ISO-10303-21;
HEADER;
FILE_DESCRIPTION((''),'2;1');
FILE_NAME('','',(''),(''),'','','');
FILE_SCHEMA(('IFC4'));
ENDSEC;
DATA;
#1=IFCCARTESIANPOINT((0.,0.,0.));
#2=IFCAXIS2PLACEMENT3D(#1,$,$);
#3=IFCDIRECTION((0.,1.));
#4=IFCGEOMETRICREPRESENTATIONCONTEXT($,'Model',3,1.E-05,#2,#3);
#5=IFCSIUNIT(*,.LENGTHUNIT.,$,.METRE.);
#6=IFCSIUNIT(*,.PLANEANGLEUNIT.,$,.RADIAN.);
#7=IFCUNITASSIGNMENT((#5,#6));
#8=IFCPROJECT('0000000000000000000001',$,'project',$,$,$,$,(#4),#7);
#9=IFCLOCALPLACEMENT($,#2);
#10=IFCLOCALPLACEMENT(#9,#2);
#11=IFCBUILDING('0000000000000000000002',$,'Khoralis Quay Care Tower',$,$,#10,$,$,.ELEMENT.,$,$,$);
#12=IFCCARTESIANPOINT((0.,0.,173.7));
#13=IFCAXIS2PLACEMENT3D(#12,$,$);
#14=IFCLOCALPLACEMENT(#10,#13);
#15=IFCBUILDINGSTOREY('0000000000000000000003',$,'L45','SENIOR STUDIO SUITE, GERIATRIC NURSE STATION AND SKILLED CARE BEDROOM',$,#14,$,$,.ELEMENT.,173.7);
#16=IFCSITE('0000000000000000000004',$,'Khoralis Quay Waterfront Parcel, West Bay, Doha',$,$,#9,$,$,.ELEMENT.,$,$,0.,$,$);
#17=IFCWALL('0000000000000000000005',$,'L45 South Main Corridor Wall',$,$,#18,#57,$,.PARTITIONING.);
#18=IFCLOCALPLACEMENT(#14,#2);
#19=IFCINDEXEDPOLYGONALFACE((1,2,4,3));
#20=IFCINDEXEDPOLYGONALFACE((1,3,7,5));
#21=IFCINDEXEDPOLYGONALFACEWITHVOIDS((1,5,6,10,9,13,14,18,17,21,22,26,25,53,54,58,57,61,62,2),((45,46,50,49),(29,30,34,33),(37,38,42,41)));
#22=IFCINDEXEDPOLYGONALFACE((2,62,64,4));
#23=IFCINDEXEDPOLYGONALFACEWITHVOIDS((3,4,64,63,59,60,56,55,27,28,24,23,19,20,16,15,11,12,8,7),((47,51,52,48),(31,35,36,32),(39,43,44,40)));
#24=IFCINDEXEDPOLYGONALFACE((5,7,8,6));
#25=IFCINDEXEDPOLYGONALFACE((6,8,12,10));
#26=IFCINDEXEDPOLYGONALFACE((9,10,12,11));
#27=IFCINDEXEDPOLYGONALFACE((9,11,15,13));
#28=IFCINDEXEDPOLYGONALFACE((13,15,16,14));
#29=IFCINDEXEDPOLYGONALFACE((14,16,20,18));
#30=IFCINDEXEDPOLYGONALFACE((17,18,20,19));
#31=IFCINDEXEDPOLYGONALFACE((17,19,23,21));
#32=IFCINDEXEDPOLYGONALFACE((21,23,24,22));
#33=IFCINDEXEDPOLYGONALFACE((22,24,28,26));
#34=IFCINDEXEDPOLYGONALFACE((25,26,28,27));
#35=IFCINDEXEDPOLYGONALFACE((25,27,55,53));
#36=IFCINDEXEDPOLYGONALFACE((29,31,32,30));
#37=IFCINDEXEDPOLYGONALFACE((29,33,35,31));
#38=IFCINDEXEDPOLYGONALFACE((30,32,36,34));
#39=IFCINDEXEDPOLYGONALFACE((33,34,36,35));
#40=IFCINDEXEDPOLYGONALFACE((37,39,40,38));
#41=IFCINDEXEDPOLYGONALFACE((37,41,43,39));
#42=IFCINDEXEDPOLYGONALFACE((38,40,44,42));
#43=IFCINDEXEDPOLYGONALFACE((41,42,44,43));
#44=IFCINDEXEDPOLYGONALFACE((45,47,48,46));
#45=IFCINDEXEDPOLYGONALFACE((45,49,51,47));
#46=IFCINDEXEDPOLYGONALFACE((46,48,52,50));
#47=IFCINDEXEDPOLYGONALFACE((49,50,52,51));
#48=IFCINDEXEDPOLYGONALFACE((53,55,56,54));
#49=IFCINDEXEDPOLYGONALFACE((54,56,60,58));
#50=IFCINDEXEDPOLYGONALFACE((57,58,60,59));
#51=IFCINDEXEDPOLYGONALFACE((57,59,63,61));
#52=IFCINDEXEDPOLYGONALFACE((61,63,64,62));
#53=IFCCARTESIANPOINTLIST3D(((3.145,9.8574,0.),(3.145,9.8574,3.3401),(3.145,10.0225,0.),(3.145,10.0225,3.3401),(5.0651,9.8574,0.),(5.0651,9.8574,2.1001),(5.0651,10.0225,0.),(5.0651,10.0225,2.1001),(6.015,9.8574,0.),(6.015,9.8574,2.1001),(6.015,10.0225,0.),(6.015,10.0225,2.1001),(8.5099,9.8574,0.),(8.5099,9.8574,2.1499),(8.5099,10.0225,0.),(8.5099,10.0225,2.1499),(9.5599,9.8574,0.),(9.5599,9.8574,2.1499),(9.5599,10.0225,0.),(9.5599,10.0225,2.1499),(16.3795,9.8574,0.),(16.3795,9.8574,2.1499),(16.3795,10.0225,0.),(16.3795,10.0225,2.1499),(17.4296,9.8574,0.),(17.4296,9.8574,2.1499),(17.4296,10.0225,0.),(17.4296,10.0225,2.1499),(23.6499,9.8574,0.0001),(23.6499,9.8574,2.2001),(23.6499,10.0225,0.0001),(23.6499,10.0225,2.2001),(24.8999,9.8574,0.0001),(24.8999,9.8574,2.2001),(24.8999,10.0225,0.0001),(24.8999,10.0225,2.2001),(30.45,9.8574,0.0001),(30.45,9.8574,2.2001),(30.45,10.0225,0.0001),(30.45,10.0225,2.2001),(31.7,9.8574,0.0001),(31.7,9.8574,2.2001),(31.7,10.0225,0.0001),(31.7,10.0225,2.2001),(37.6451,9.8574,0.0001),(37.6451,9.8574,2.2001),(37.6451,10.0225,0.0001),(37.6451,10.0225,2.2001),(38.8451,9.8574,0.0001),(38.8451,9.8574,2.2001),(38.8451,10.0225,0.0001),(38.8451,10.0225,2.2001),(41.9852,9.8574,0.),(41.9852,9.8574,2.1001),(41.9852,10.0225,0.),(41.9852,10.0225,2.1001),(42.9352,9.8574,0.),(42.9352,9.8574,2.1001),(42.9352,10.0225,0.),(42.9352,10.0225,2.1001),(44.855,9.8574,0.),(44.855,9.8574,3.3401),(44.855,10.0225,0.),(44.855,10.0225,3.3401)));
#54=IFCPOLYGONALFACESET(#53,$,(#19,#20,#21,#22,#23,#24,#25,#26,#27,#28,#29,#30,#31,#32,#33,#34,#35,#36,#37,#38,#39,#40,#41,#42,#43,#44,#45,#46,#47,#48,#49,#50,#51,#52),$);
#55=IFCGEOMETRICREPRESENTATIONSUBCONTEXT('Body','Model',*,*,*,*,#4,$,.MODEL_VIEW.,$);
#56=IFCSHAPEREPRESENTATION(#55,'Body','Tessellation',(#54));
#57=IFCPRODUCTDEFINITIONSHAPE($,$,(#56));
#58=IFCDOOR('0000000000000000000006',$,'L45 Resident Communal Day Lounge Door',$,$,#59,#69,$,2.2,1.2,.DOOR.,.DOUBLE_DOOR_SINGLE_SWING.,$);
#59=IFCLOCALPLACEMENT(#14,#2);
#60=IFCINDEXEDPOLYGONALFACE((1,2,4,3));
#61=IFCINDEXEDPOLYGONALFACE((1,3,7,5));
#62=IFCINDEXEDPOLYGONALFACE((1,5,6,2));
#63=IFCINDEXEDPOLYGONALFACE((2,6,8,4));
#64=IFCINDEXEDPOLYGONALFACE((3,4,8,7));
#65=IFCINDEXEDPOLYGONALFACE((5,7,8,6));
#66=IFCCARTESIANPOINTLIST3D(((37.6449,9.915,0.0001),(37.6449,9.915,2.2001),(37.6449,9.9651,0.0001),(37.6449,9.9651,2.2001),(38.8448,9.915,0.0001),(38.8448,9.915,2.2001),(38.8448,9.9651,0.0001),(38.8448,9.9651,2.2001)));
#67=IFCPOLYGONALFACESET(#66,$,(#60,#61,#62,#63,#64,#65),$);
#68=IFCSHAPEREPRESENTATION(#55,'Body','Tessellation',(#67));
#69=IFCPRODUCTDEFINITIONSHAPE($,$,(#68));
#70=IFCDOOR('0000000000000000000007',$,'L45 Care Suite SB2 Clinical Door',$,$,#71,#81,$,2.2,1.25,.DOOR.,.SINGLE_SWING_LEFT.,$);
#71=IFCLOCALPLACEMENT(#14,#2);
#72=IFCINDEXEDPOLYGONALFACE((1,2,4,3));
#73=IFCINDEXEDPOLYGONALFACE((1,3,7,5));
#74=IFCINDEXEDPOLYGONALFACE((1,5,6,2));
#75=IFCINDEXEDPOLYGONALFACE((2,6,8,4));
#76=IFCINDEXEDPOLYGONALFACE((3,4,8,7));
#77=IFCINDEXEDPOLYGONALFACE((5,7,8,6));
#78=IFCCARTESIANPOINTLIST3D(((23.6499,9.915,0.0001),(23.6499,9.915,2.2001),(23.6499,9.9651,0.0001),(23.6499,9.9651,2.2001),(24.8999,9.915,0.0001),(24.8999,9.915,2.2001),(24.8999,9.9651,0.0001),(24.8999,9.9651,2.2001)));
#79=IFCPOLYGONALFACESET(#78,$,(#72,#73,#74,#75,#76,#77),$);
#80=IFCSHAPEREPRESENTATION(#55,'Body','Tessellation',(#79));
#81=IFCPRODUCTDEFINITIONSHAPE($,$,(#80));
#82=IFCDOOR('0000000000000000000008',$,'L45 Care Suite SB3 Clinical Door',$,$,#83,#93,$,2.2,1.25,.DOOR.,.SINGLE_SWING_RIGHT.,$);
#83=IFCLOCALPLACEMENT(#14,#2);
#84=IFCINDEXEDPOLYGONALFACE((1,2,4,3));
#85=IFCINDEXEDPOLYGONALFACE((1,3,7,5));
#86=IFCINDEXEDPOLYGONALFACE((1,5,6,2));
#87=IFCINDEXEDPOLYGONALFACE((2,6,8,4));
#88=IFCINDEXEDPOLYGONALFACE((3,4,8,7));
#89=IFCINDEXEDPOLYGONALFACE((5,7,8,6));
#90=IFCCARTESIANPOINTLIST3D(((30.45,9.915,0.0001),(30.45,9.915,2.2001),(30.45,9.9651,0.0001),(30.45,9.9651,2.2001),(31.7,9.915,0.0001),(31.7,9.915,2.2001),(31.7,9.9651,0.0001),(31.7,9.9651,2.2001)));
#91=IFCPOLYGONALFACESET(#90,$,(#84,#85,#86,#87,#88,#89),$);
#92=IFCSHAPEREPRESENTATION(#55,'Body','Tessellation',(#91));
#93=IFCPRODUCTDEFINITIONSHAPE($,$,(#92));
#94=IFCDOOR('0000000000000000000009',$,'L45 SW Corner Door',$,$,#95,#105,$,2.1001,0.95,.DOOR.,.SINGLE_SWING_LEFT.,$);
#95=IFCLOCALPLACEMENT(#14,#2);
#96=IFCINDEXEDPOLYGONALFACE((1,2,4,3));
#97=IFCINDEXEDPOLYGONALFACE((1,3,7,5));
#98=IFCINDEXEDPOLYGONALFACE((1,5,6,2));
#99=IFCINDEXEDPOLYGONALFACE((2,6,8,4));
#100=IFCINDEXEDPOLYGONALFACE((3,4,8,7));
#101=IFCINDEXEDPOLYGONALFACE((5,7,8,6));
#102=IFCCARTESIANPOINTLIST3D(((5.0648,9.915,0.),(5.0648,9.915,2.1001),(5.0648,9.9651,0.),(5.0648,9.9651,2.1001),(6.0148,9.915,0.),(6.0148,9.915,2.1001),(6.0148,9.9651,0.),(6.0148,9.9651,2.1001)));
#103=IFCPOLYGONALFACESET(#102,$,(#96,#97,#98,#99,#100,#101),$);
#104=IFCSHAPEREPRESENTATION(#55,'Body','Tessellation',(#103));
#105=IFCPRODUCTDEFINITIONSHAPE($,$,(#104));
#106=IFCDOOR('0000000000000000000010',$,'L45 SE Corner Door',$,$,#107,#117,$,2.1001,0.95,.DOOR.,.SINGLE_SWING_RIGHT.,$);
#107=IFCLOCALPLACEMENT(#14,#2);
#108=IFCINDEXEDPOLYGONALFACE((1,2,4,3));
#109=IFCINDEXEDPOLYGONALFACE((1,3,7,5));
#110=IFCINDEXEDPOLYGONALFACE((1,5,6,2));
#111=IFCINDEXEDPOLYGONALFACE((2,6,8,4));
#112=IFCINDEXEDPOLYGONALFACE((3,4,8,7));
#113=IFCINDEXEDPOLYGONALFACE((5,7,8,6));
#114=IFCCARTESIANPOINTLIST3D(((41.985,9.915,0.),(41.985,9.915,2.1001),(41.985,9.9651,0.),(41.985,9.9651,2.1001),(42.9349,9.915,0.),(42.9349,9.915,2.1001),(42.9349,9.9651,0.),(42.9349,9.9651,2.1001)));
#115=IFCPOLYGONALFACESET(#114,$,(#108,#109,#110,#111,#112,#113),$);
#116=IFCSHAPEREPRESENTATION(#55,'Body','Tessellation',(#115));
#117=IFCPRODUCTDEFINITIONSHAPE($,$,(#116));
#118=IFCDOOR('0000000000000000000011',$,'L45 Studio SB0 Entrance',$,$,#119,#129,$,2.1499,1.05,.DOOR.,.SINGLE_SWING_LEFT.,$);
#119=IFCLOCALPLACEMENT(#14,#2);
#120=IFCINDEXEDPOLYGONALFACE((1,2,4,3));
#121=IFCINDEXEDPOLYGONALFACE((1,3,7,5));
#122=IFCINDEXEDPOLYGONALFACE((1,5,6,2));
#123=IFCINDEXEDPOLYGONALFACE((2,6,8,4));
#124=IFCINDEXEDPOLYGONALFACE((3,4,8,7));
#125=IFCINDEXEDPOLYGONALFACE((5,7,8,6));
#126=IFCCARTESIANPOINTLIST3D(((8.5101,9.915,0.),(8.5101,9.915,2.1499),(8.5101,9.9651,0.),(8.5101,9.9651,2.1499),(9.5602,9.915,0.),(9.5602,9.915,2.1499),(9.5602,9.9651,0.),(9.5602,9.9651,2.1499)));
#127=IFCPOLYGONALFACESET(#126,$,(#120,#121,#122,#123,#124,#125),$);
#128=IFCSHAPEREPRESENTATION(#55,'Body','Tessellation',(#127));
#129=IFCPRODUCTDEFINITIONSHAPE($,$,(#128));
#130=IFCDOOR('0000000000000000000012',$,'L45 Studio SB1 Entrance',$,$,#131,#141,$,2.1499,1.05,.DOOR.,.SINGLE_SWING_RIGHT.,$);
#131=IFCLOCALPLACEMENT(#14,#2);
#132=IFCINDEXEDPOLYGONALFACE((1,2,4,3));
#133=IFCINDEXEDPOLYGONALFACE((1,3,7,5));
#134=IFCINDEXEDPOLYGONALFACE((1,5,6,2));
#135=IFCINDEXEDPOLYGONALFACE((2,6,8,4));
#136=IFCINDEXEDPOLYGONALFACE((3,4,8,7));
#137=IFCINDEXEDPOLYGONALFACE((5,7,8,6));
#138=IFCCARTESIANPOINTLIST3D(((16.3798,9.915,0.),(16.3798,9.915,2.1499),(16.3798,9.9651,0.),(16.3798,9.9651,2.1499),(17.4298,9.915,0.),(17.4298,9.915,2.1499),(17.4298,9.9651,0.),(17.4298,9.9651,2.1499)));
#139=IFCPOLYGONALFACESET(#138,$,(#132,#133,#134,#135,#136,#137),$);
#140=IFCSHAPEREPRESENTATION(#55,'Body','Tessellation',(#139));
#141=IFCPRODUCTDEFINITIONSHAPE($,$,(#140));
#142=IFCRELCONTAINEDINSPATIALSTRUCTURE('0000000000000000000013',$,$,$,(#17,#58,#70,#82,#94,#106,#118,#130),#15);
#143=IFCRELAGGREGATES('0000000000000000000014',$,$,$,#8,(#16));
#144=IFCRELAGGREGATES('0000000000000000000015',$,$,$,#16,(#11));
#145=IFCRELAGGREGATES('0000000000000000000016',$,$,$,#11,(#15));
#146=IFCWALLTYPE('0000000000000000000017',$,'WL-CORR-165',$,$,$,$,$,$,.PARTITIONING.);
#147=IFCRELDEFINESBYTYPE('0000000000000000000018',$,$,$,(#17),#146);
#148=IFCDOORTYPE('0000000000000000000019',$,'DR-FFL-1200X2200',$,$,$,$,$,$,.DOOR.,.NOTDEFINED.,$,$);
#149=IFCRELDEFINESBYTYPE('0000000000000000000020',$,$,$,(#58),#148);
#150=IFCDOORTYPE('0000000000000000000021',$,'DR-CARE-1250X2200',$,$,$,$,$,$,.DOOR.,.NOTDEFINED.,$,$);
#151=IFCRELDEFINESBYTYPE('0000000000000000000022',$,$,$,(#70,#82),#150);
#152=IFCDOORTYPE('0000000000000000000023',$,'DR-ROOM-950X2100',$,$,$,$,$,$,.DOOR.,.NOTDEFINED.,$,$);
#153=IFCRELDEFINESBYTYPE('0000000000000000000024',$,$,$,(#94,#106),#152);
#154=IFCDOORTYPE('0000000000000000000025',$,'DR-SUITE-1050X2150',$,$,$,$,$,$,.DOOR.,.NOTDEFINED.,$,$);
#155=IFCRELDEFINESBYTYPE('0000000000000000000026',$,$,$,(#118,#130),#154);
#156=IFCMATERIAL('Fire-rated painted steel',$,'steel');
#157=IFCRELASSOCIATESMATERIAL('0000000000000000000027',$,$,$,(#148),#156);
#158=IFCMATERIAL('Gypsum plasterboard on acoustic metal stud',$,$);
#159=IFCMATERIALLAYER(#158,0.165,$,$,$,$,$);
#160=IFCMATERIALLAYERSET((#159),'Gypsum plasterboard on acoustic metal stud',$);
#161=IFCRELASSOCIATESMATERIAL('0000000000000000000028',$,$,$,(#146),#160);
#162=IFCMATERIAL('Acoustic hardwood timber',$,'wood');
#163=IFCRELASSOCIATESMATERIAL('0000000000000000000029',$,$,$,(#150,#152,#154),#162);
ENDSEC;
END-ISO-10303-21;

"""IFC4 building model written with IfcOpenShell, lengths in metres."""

from ifc_helpers import new_model, si_unit, direction, frame, frame_2d, origin, place, context, subcontext, project, spatial, rectangle, extrude, source, transform, mapped, material, layer, layer_set, type_object, element, fill, save


model = new_model("IFC4")

# Units and contexts
model_context = context("Model", 3, precision=1e-05, world=origin(), true_north=direction((0.0, 1.0)))
body_context = subcontext(model_context, "Body", "Model", "MODEL_VIEW")
ifc_project = project(units=[si_unit("LENGTHUNIT", "METRE"), si_unit("PLANEANGLEUNIT", "RADIAN")], contexts=[model_context])

# Site, building, storey
site_placement = place(None, origin())
site = spatial("IfcSite", under=ifc_project, at=site_placement, Name="Khoralis Quay Waterfront Parcel, West Bay, Doha", CompositionType="ELEMENT", RefElevation=0.0)
building_placement = place(site_placement, origin())
building = spatial("IfcBuilding", under=site, at=building_placement, Name="Khoralis Quay Care Tower", CompositionType="ELEMENT")
storey_placement = place(building_placement, frame((0.0, 0.0, 173.7)))
storey = spatial("IfcBuildingStorey", under=building, at=storey_placement, Name="L45", Description="SENIOR STUDIO SUITE, GERIATRIC NURSE STATION AND SKILLED CARE BEDROOM", CompositionType="ELEMENT", Elevation=173.7)

# Shared definitions
ifc_material_1 = material(Name="Gypsum plasterboard on acoustic metal stud")
ifc_material_2 = material(Name="Fire-rated painted steel", Category="steel")
door_type_1 = type_object("IfcDoorType", Name="DR-FFL-1200X2200", OperationType="NOTDEFINED", PredefinedType="DOOR", material=ifc_material_2)
shared_shape_1 = source(origin(), body_context, "Body", "SweptSolid", [
    extrude(rectangle(XDim=1.2, YDim=2.2, at=frame_2d((0.6001, 1.1001))), frame((0.0, 0.0249, 0.0), z_axis=(0.0, -1.0, 0.0), x_axis=(1.0, 0.0, 0.0)), (0.0, 0.0, 1.0), 0.05),
])

# Wall, openings, doors
ifc_layer_1 = layer(ifc_material_1, 0.165)
ifc_layer_set_1 = layer_set([ifc_layer_1], Name="Gypsum plasterboard on acoustic metal stud")
wall_type_1 = type_object("IfcWallType", Name="WL-CORR-165", PredefinedType="PARTITIONING", material=ifc_layer_set_1)
wall_1_placement = place(storey_placement, frame((3.145, 9.9399, 0.0), z_axis=(0.0, 0.0, 1.0), x_axis=(1.0, 0.0, 0.0)))
wall_1 = element("IfcWall", 1, at=wall_1_placement, inside=storey, type_object=wall_type_1, Name="L45 South Main Corridor Wall", PredefinedType="PARTITIONING", context=body_context, shape_type="SweptSolid", body=[
    extrude(rectangle(XDim=41.71, YDim=0.165, at=frame_2d((20.855, 0.0))), origin(), (0.0, 0.0, 1.0), 3.3401),
])
opening_1_placement = place(wall_1_placement, frame((5.365, 0.0, 0.0)))
opening_1 = element("IfcOpeningElement", 2, at=opening_1_placement, cuts=wall_1, PredefinedType="OPENING", context=body_context, shape_type="SweptSolid", body=[
    extrude(rectangle(XDim=1.05, YDim=2.1499, at=frame_2d((0.5249, 1.075))), frame((0.0, 0.0925, 0.0), z_axis=(0.0, -1.0, 0.0), x_axis=(1.0, 0.0, 0.0)), (0.0, 0.0, 1.0), 0.1851),
])
opening_2_placement = place(wall_1_placement, frame((13.2346, 0.0, 0.0)))
opening_2 = element("IfcOpeningElement", 3, at=opening_2_placement, cuts=wall_1, PredefinedType="OPENING", context=body_context, shape_type="SweptSolid", body=[
    extrude(rectangle(XDim=1.05, YDim=2.1499, at=frame_2d((0.5249, 1.075))), frame((0.0, 0.0925, 0.0), z_axis=(0.0, -1.0, 0.0), x_axis=(1.0, 0.0, 0.0)), (0.0, 0.0, 1.0), 0.1851),
])
opening_3_placement = place(wall_1_placement, frame((20.5049, 0.0, 0.0)))
opening_3 = element("IfcOpeningElement", 4, at=opening_3_placement, cuts=wall_1, PredefinedType="OPENING", context=body_context, shape_type="SweptSolid", body=[
    extrude(rectangle(XDim=1.25, YDim=2.2, at=frame_2d((0.625, 1.1001))), frame((0.0, 0.0925, 0.0), z_axis=(0.0, -1.0, 0.0), x_axis=(1.0, 0.0, 0.0)), (0.0, 0.0, 1.0), 0.1851),
])
opening_4_placement = place(wall_1_placement, frame((27.3049, 0.0, 0.0)))
opening_4 = element("IfcOpeningElement", 5, at=opening_4_placement, cuts=wall_1, PredefinedType="OPENING", context=body_context, shape_type="SweptSolid", body=[
    extrude(rectangle(XDim=1.25, YDim=2.2, at=frame_2d((0.625, 1.1001))), frame((0.0, 0.0925, 0.0), z_axis=(0.0, -1.0, 0.0), x_axis=(1.0, 0.0, 0.0)), (0.0, 0.0, 1.0), 0.1851),
])
opening_5_placement = place(wall_1_placement, frame((34.5, 0.0, 0.0)))
opening_5 = element("IfcOpeningElement", 6, at=opening_5_placement, cuts=wall_1, PredefinedType="OPENING", context=body_context, shape_type="SweptSolid", body=[
    extrude(rectangle(XDim=1.2, YDim=2.2, at=frame_2d((0.6001, 1.1001))), frame((0.0, 0.0925, 0.0), z_axis=(0.0, -1.0, 0.0), x_axis=(1.0, 0.0, 0.0)), (0.0, 0.0, 1.0), 0.1851),
])
opening_6_placement = place(wall_1_placement, frame((1.9199, 0.0, 0.0)))
opening_6 = element("IfcOpeningElement", 7, at=opening_6_placement, cuts=wall_1, PredefinedType="OPENING", context=body_context, shape_type="SweptSolid", body=[
    extrude(rectangle(XDim=0.95, YDim=2.1001, at=frame_2d((0.4751, 1.05))), frame((0.0, 0.0925, 0.0), z_axis=(0.0, -1.0, 0.0), x_axis=(1.0, 0.0, 0.0)), (0.0, 0.0, 1.0), 0.1851),
])
opening_7_placement = place(wall_1_placement, frame((38.8401, 0.0, 0.0)))
opening_7 = element("IfcOpeningElement", 8, at=opening_7_placement, cuts=wall_1, PredefinedType="OPENING", context=body_context, shape_type="SweptSolid", body=[
    extrude(rectangle(XDim=0.95, YDim=2.1001, at=frame_2d((0.4751, 1.05))), frame((0.0, 0.0925, 0.0), z_axis=(0.0, -1.0, 0.0), x_axis=(1.0, 0.0, 0.0)), (0.0, 0.0, 1.0), 0.1851),
])
door_1_placement = place(opening_5_placement, frame((1.2, 0.0, 0.0), z_axis=(0.0, 0.0, 1.0), x_axis=(-1.0, 0.0, 0.0)))
door_1 = element("IfcDoor", 9, at=door_1_placement, inside=storey, type_object=door_type_1, Name="L45 Resident Communal Day Lounge Door", OperationType="DOUBLE_DOOR_SINGLE_SWING", OverallHeight=2.2, OverallWidth=1.2, PredefinedType="DOOR", context=body_context, shape_type="MappedRepresentation", body=[
    mapped(shared_shape_1, transform((0.0, 0.0, 0.0), scale=1.0)),
])
fill(opening_5, door_1)
ifc_material_3 = material(Name="Acoustic hardwood timber", Category="wood")
door_type_2 = type_object("IfcDoorType", Name="DR-CARE-1250X2200", OperationType="NOTDEFINED", PredefinedType="DOOR", material=ifc_material_3)
shared_shape_2 = source(origin(), body_context, "Body", "SweptSolid", [
    extrude(rectangle(XDim=1.25, YDim=2.2, at=frame_2d((0.625, 1.1001))), frame((0.0, 0.0249, 0.0), z_axis=(0.0, -1.0, 0.0), x_axis=(1.0, 0.0, 0.0)), (0.0, 0.0, 1.0), 0.05),
])
door_2_placement = place(opening_3_placement, frame((1.25, 0.0, 0.0), z_axis=(0.0, 0.0, 1.0), x_axis=(-1.0, 0.0, 0.0)))
door_2 = element("IfcDoor", 10, at=door_2_placement, inside=storey, type_object=door_type_2, Name="L45 Care Suite SB2 Clinical Door", OperationType="SINGLE_SWING_LEFT", OverallHeight=2.2, OverallWidth=1.25, PredefinedType="DOOR", context=body_context, shape_type="MappedRepresentation", body=[
    mapped(shared_shape_2, transform((0.0, 0.0, 0.0), scale=1.0)),
])
fill(opening_3, door_2)
door_3_placement = place(opening_4_placement, frame((1.25, 0.0, 0.0), z_axis=(0.0, 0.0, 1.0), x_axis=(-1.0, 0.0, 0.0)))
door_3 = element("IfcDoor", 11, at=door_3_placement, inside=storey, type_object=door_type_2, Name="L45 Care Suite SB3 Clinical Door", OperationType="SINGLE_SWING_RIGHT", OverallHeight=2.2, OverallWidth=1.25, PredefinedType="DOOR", context=body_context, shape_type="MappedRepresentation", body=[
    mapped(shared_shape_2, transform((0.0, 0.0, 0.0), scale=1.0)),
])
fill(opening_4, door_3)
door_type_3 = type_object("IfcDoorType", Name="DR-ROOM-950X2100", OperationType="NOTDEFINED", PredefinedType="DOOR", material=ifc_material_3)
shared_shape_3 = source(origin(), body_context, "Body", "SweptSolid", [
    extrude(rectangle(XDim=0.95, YDim=2.1001, at=frame_2d((0.4751, 1.05))), frame((0.0, 0.0249, 0.0), z_axis=(0.0, -1.0, 0.0), x_axis=(1.0, 0.0, 0.0)), (0.0, 0.0, 1.0), 0.05),
])
door_4_placement = place(opening_6_placement, frame((0.95, 0.0, 0.0), z_axis=(0.0, 0.0, 1.0), x_axis=(-1.0, 0.0, 0.0)))
door_4 = element("IfcDoor", 12, at=door_4_placement, inside=storey, type_object=door_type_3, Name="L45 SW Corner Door", OperationType="SINGLE_SWING_LEFT", OverallHeight=2.1001, OverallWidth=0.95, PredefinedType="DOOR", context=body_context, shape_type="MappedRepresentation", body=[
    mapped(shared_shape_3, transform((0.0, 0.0, 0.0), scale=1.0)),
])
fill(opening_6, door_4)
door_5_placement = place(opening_7_placement, frame((0.95, 0.0, 0.0), z_axis=(0.0, 0.0, 1.0), x_axis=(-1.0, 0.0, 0.0)))
door_5 = element("IfcDoor", 13, at=door_5_placement, inside=storey, type_object=door_type_3, Name="L45 SE Corner Door", OperationType="SINGLE_SWING_RIGHT", OverallHeight=2.1001, OverallWidth=0.95, PredefinedType="DOOR", context=body_context, shape_type="MappedRepresentation", body=[
    mapped(shared_shape_3, transform((0.0, 0.0, 0.0), scale=1.0)),
])
fill(opening_7, door_5)
door_type_4 = type_object("IfcDoorType", Name="DR-SUITE-1050X2150", OperationType="NOTDEFINED", PredefinedType="DOOR", material=ifc_material_3)
shared_shape_4 = source(origin(), body_context, "Body", "SweptSolid", [
    extrude(rectangle(XDim=1.05, YDim=2.1499, at=frame_2d((0.5249, 1.075))), frame((0.0, 0.0249, 0.0), z_axis=(0.0, -1.0, 0.0), x_axis=(1.0, 0.0, 0.0)), (0.0, 0.0, 1.0), 0.05),
])
door_6_placement = place(opening_1_placement, frame((1.05, 0.0, 0.0), z_axis=(0.0, 0.0, 1.0), x_axis=(-1.0, 0.0, 0.0)))
door_6 = element("IfcDoor", 14, at=door_6_placement, inside=storey, type_object=door_type_4, Name="L45 Studio SB0 Entrance", OperationType="SINGLE_SWING_LEFT", OverallHeight=2.1499, OverallWidth=1.05, PredefinedType="DOOR", context=body_context, shape_type="MappedRepresentation", body=[
    mapped(shared_shape_4, transform((0.0, 0.0, 0.0), scale=1.0)),
])
fill(opening_1, door_6)
door_7_placement = place(opening_2_placement, frame((1.05, 0.0, 0.0), z_axis=(0.0, 0.0, 1.0), x_axis=(-1.0, 0.0, 0.0)))
door_7 = element("IfcDoor", 15, at=door_7_placement, inside=storey, type_object=door_type_4, Name="L45 Studio SB1 Entrance", OperationType="SINGLE_SWING_RIGHT", OverallHeight=2.1499, OverallWidth=1.05, PredefinedType="DOOR", context=body_context, shape_type="MappedRepresentation", body=[
    mapped(shared_shape_4, transform((0.0, 0.0, 0.0), scale=1.0)),
])
fill(opening_2, door_7)

save(model, "model.ifc")
